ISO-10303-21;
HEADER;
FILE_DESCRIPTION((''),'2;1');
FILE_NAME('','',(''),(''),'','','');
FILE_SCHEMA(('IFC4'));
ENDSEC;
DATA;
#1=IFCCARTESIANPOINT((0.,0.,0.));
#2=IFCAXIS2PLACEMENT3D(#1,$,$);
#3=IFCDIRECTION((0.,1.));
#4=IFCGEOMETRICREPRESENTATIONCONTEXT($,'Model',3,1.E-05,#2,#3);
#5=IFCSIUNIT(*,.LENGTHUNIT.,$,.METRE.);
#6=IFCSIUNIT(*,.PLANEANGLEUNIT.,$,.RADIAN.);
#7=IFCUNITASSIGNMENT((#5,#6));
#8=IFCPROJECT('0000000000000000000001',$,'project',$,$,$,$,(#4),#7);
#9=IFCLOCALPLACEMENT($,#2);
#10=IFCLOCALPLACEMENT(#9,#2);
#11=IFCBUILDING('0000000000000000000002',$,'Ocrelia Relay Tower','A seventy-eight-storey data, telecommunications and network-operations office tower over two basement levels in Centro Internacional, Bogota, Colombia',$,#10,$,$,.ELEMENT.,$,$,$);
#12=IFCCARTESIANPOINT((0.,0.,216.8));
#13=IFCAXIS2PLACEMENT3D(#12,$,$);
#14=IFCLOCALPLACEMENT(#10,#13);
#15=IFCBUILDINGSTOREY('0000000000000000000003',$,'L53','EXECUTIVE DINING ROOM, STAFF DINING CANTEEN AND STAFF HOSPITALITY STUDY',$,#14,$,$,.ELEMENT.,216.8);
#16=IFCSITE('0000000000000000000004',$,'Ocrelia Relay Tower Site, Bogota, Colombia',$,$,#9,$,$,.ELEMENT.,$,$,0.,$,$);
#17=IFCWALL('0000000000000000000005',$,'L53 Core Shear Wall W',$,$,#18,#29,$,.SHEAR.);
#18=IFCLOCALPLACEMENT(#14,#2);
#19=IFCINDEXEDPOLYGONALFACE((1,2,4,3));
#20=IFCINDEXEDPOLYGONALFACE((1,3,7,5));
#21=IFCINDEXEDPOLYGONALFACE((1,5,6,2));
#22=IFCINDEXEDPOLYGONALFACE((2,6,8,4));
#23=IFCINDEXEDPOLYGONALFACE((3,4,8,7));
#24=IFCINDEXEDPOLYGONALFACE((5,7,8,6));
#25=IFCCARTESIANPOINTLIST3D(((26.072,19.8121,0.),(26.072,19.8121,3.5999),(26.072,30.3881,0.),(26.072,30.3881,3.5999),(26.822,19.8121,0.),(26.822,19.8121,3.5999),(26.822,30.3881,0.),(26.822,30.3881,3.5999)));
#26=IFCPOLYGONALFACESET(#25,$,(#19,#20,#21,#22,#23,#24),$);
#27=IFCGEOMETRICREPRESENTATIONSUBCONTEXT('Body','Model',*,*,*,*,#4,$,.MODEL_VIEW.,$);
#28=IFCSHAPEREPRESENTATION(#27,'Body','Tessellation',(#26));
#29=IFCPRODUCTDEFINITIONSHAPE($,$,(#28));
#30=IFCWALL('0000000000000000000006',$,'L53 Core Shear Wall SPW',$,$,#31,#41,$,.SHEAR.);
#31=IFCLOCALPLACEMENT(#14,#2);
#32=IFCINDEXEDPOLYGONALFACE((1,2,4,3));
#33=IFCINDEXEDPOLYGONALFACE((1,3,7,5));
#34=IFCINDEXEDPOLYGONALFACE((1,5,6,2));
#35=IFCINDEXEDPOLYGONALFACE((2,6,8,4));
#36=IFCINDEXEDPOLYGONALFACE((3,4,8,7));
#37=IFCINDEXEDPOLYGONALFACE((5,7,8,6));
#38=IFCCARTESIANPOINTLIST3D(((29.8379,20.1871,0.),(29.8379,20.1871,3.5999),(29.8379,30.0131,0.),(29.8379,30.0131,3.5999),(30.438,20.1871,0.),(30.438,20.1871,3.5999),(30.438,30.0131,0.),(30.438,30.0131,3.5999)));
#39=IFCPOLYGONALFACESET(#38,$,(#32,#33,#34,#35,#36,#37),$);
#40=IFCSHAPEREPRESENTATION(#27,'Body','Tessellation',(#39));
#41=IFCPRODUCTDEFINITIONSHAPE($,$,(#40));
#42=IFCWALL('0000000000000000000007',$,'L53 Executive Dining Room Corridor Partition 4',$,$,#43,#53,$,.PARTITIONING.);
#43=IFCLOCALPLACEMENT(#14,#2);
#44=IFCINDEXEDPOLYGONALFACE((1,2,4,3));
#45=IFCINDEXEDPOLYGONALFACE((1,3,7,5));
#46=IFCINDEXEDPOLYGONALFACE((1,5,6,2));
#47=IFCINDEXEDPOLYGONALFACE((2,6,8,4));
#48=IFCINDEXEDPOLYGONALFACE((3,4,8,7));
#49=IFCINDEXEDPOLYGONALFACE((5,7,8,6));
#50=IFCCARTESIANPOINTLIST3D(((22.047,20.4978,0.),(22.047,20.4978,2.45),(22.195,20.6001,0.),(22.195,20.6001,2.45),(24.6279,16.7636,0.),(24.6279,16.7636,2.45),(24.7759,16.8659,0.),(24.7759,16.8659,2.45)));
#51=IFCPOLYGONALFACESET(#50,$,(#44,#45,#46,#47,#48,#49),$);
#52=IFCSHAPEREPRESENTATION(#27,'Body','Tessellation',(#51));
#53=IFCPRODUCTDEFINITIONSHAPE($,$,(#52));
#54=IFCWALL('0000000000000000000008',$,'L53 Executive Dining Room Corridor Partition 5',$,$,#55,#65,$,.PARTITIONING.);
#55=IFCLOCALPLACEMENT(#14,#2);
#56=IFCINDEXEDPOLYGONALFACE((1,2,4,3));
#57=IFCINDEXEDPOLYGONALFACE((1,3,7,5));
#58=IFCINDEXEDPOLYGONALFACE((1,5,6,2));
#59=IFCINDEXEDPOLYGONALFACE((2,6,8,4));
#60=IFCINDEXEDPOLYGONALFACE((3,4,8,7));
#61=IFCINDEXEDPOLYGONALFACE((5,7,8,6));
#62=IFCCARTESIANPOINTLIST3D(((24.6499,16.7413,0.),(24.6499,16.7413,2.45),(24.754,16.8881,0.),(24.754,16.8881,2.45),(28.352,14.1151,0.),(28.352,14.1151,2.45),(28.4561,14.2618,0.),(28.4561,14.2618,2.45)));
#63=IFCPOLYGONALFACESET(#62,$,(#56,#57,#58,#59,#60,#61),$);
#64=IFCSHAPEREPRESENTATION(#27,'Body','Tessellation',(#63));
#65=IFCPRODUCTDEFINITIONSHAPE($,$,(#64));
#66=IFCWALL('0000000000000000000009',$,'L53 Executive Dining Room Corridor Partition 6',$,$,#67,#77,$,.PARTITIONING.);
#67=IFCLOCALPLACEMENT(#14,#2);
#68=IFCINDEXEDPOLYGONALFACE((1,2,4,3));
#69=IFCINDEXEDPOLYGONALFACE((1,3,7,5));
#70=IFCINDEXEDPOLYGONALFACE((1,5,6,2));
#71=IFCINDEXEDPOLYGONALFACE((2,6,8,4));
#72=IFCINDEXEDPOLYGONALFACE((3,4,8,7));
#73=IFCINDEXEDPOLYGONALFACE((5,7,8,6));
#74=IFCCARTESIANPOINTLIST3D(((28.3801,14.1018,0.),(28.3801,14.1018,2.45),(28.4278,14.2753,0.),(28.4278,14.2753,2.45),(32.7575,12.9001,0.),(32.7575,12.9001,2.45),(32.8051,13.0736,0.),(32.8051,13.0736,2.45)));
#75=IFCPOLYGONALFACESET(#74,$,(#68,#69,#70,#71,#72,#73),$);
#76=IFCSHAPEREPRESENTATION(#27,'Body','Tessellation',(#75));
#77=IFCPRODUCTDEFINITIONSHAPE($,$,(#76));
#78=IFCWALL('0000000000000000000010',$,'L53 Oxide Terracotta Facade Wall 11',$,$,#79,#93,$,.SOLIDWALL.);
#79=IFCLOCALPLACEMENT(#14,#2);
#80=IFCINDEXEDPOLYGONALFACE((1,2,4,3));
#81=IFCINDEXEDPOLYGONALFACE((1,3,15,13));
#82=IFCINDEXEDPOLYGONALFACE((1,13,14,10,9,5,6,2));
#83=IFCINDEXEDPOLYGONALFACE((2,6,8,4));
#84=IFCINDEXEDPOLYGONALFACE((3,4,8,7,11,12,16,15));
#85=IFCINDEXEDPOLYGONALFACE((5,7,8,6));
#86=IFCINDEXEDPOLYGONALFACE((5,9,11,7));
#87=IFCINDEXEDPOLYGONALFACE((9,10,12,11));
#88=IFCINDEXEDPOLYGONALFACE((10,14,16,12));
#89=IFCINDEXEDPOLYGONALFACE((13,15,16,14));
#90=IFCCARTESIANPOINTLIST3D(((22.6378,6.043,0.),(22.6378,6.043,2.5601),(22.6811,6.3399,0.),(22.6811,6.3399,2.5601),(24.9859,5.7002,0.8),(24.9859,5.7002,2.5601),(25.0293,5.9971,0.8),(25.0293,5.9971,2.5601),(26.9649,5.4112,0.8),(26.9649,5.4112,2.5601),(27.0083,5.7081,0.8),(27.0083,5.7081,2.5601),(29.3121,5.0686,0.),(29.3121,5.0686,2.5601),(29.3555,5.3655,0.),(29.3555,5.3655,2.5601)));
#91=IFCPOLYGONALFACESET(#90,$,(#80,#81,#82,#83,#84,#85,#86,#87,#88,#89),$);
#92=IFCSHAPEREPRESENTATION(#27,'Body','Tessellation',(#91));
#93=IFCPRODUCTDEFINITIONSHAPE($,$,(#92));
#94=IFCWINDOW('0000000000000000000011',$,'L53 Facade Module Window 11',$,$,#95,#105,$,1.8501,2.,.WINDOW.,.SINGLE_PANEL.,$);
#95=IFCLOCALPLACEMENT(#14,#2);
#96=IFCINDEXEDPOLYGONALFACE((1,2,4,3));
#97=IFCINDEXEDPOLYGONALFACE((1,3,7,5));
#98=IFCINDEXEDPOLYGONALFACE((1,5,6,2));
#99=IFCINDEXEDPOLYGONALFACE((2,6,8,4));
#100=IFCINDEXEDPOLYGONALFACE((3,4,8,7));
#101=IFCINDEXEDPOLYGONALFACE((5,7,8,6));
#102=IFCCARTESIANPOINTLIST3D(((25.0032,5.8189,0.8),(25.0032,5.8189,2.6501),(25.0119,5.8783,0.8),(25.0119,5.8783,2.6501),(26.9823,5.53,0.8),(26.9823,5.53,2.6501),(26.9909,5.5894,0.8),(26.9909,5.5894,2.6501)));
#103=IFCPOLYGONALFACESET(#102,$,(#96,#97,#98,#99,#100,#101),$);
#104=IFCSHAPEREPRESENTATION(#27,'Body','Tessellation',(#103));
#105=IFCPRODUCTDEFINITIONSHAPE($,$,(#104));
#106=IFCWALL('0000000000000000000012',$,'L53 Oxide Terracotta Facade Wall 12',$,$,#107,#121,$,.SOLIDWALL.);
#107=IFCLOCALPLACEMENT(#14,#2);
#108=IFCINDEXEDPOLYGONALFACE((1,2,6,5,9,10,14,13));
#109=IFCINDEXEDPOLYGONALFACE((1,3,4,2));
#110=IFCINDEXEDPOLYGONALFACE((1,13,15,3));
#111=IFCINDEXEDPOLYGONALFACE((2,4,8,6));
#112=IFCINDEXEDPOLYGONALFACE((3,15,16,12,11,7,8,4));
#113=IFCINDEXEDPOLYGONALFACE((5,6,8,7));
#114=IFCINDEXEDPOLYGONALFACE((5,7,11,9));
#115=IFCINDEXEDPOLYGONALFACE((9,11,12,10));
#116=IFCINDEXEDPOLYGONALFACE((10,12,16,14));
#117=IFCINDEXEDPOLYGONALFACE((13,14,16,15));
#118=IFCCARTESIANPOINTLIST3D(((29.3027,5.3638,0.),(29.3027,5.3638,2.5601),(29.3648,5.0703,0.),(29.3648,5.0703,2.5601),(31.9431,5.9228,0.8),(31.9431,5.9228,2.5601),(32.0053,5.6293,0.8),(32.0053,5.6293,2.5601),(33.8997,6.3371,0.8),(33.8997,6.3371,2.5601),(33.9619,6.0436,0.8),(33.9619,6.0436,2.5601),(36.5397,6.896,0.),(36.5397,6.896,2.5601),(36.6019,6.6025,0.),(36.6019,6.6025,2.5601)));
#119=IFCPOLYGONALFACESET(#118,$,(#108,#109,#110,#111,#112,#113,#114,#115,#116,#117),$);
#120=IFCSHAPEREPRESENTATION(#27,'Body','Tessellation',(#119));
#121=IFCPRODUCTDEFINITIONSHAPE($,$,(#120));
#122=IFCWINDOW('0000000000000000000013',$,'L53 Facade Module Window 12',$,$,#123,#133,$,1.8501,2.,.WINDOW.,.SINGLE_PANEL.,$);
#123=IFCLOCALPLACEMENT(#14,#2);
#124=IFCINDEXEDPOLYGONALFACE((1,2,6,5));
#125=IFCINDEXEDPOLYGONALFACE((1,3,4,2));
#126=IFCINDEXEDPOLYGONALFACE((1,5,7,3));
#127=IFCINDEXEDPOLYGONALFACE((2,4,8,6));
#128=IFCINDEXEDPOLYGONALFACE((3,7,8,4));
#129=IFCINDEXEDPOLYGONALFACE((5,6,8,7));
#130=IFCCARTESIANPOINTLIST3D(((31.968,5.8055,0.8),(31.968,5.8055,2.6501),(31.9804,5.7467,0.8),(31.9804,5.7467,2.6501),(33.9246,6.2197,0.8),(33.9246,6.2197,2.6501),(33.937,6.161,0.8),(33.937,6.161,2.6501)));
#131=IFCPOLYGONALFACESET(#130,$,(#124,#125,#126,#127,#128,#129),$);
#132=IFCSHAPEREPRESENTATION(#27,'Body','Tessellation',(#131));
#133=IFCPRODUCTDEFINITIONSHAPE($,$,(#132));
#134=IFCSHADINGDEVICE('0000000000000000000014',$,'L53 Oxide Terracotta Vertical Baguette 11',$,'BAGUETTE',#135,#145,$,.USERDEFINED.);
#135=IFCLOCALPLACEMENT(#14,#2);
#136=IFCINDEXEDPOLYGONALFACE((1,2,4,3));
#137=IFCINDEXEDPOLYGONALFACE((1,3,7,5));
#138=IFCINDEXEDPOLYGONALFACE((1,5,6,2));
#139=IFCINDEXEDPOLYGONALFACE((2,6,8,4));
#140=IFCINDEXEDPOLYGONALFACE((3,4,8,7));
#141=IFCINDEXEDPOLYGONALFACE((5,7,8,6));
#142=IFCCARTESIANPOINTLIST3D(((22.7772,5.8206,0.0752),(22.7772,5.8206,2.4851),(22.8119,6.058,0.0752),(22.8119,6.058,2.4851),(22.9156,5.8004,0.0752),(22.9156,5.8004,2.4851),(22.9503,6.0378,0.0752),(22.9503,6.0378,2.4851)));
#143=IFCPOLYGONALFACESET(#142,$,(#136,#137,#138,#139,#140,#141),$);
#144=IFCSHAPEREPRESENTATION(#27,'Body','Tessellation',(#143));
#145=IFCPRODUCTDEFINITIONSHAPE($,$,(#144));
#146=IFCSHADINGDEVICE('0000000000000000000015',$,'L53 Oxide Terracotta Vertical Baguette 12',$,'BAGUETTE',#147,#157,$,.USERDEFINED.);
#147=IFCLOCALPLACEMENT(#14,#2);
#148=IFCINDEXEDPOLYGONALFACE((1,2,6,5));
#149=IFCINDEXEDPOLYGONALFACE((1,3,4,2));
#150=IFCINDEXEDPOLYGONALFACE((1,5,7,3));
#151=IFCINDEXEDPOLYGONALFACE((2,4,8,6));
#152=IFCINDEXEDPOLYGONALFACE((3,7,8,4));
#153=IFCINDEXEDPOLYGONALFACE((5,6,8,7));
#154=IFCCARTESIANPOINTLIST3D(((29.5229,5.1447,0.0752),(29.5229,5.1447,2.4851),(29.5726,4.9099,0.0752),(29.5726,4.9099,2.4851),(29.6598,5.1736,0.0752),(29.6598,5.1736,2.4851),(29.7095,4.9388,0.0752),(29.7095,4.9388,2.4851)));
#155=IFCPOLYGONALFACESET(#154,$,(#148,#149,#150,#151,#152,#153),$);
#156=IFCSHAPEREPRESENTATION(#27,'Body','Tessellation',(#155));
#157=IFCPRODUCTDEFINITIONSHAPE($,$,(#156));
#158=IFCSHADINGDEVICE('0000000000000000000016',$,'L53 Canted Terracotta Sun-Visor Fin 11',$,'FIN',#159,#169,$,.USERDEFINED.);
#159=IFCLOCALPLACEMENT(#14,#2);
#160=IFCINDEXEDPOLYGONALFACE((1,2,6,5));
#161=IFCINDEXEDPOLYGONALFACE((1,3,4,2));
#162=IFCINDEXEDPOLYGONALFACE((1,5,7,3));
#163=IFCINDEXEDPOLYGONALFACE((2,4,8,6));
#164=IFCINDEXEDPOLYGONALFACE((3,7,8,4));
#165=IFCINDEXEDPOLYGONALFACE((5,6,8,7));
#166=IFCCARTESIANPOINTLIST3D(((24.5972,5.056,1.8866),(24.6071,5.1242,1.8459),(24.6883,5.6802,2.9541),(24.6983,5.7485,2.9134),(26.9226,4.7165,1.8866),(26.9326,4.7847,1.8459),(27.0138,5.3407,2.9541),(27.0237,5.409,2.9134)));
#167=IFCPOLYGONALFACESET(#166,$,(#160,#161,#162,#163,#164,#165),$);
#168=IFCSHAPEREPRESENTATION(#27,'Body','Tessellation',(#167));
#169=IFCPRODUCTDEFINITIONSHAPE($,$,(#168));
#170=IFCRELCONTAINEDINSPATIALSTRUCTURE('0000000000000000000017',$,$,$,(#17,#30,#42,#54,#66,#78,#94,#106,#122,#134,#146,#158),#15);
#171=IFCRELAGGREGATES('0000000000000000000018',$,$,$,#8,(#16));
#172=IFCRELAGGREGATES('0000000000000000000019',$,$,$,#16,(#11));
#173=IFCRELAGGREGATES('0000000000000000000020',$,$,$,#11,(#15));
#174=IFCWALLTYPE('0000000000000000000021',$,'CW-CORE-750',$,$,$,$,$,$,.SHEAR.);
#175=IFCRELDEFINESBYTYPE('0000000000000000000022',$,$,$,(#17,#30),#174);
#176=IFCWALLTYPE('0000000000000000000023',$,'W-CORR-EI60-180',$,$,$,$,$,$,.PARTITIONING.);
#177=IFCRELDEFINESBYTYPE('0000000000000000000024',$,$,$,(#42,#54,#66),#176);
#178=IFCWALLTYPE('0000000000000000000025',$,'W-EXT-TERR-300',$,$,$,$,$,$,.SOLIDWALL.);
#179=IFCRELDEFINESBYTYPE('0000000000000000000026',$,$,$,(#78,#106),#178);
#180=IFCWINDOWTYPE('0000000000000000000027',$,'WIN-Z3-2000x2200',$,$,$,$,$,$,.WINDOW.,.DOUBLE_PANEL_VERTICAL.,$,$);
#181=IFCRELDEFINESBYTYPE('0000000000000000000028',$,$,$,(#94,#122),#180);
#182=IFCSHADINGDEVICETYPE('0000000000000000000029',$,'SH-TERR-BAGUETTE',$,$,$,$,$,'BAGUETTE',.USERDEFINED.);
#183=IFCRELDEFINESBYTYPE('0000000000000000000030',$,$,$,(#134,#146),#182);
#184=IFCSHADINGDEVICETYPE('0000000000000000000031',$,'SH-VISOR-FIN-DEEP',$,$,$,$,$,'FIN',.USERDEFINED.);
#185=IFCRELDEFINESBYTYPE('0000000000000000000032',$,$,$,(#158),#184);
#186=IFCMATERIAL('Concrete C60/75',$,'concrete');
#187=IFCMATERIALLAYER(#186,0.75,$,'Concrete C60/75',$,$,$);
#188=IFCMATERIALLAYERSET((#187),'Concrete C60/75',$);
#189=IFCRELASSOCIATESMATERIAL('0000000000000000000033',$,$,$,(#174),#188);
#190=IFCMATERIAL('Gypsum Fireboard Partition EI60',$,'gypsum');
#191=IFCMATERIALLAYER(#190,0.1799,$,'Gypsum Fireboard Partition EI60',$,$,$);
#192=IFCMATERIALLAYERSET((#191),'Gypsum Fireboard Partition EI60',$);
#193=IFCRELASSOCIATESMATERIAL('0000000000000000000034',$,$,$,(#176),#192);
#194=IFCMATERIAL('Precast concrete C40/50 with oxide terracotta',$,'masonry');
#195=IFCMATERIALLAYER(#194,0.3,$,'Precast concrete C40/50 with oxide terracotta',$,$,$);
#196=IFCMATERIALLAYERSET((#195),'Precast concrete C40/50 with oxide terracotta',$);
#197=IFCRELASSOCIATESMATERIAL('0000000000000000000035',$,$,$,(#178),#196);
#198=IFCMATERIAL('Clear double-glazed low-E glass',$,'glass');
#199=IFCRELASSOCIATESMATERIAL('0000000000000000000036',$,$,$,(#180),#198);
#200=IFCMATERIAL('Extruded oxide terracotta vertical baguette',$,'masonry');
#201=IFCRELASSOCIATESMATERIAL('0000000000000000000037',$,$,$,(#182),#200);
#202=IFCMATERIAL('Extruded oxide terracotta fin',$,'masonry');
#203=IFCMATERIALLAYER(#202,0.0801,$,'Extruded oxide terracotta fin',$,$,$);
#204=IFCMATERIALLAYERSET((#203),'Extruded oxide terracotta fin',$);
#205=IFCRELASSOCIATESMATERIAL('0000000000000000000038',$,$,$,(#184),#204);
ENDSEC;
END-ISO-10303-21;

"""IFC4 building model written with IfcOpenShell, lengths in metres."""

from ifc_helpers import new_model, si_unit, direction, frame, frame_2d, origin, origin_2d, place, context, subcontext, project, spatial, rectangle, extrude, material, layer, layer_set, type_object, element, fill, save


model = new_model("IFC4")

# Units and contexts
model_context = context("Model", 3, precision=1e-05, world=origin(), true_north=direction((0.0, 1.0)))
body_context = subcontext(model_context, "Body", "Model", "MODEL_VIEW")
ifc_project = project(units=[si_unit("LENGTHUNIT", "METRE"), si_unit("PLANEANGLEUNIT", "RADIAN")], contexts=[model_context])

# Site, building, storey
site_placement = place(None, origin())
site = spatial("IfcSite", under=ifc_project, at=site_placement, Name="Ocrelia Relay Tower Site, Bogota, Colombia", CompositionType="ELEMENT", RefElevation=0.0)
building_placement = place(site_placement, origin())
building = spatial("IfcBuilding", under=site, at=building_placement, Name="Ocrelia Relay Tower", Description="A seventy-eight-storey data, telecommunications and network-operations office tower over two basement levels in Centro Internacional, Bogota, Colombia", CompositionType="ELEMENT")
storey_placement = place(building_placement, frame((0.0, 0.0, 216.8)))
storey = spatial("IfcBuildingStorey", under=building, at=storey_placement, Name="L53", Description="EXECUTIVE DINING ROOM, STAFF DINING CANTEEN AND STAFF HOSPITALITY STUDY", CompositionType="ELEMENT", Elevation=216.8)

# Shared definitions
ifc_material_1 = material(Name="Concrete C60/75", Category="concrete")

# Shared definitions
ifc_material_2 = material(Name="Clear double-glazed low-E glass", Category="glass")

# Walls
ifc_layer_1 = layer(ifc_material_1, 0.75, Name="Concrete C60/75")
ifc_layer_set_1 = layer_set([ifc_layer_1], Name="Concrete C60/75")
wall_type_1 = type_object("IfcWallType", Name="CW-CORE-750", PredefinedType="SHEAR", material=ifc_layer_set_1)
wall_1_placement = place(storey_placement, frame((26.447, 19.812, 0.0), z_axis=(0.0, 0.0, 1.0), x_axis=(0.0, 1.0, 0.0)))
element("IfcWall", 1, at=wall_1_placement, inside=storey, type_object=wall_type_1, Name="L53 Core Shear Wall W", PredefinedType="SHEAR", context=body_context, shape_type="SweptSolid", body=[
    extrude(rectangle(XDim=10.5759, YDim=0.75, at=frame_2d((5.2881, 0.0))), origin(), (0.0, 0.0, 1.0), 3.5999),
])
wall_2_placement = place(storey_placement, frame((30.1379, 20.187, 0.0), z_axis=(0.0, 0.0, 1.0), x_axis=(0.0, 1.0, 0.0)))
element("IfcWall", 2, at=wall_2_placement, inside=storey, type_object=wall_type_1, Name="L53 Core Shear Wall SPW", PredefinedType="SHEAR", context=body_context, shape_type="SweptSolid", body=[
    extrude(rectangle(XDim=9.8259, YDim=0.6001, at=frame_2d((4.9131, 0.0))), origin(), (0.0, 0.0, 1.0), 3.5999),
])
ifc_material_3 = material(Name="Gypsum Fireboard Partition EI60", Category="gypsum")
ifc_layer_2 = layer(ifc_material_3, 0.1799, Name="Gypsum Fireboard Partition EI60")
ifc_layer_set_2 = layer_set([ifc_layer_2], Name="Gypsum Fireboard Partition EI60")
wall_type_2 = type_object("IfcWallType", Name="W-CORR-EI60-180", PredefinedType="PARTITIONING", material=ifc_layer_set_2)
wall_3_placement = place(storey_placement, frame((22.1211, 20.5488, 0.0), z_axis=(0.0, 0.0, 1.0), x_axis=(0.568561, -0.822641, 0.0)))
element("IfcWall", 3, at=wall_3_placement, inside=storey, type_object=wall_type_2, Name="L53 Executive Dining Room Corridor Partition 4", PredefinedType="PARTITIONING", context=body_context, shape_type="SweptSolid", body=[
    extrude(rectangle(XDim=4.5393, YDim=0.1799, at=frame_2d((2.2695, 0.0))), origin(), (0.0, 0.0, 1.0), 2.45),
])
wall_4_placement = place(storey_placement, frame((24.7019, 16.8147, 0.0), z_axis=(0.0, 0.0, 1.0), x_axis=(0.815623, -0.578584, 0.0)))
element("IfcWall", 4, at=wall_4_placement, inside=storey, type_object=wall_type_2, Name="L53 Executive Dining Room Corridor Partition 5", PredefinedType="PARTITIONING", context=body_context, shape_type="SweptSolid", body=[
    extrude(rectangle(XDim=4.5391, YDim=0.1799, at=frame_2d((2.2695, 0.0))), origin(), (0.0, 0.0, 1.0), 2.45),
])
wall_5_placement = place(storey_placement, frame((28.4041, 14.1885, 0.0), z_axis=(0.0, 0.0, 1.0), x_axis=(0.964326, -0.264719, 0.0)))
element("IfcWall", 5, at=wall_5_placement, inside=storey, type_object=wall_type_2, Name="L53 Executive Dining Room Corridor Partition 6", PredefinedType="PARTITIONING", context=body_context, shape_type="SweptSolid", body=[
    extrude(rectangle(XDim=4.5393, YDim=0.1799, at=frame_2d((2.2695, 0.0))), origin(), (0.0, 0.0, 1.0), 2.45),
])

# Walls, openings, windows
ifc_material_4 = material(Name="Precast concrete C40/50 with oxide terracotta", Category="masonry")
ifc_layer_3 = layer(ifc_material_4, 0.3, Name="Precast concrete C40/50 with oxide terracotta")
ifc_layer_set_3 = layer_set([ifc_layer_3], Name="Precast concrete C40/50 with oxide terracotta")
wall_type_3 = type_object("IfcWallType", Name="W-EXT-TERR-300", PredefinedType="SOLIDWALL", material=ifc_layer_set_3)
wall_6_placement = place(storey_placement, frame((22.6594, 6.1914, 0.0), z_axis=(0.0, 0.0, 1.0), x_axis=(0.989511, -0.144456, 0.0)))
wall_6 = element("IfcWall", 6, at=wall_6_placement, inside=storey, type_object=wall_type_3, Name="L53 Oxide Terracotta Facade Wall 11", PredefinedType="SOLIDWALL", context=body_context, shape_type="SweptSolid", body=[
    extrude(rectangle(XDim=6.7451, YDim=0.3, at=frame_2d((3.3726, 0.0))), origin(), (0.0, 0.0, 1.0), 2.5601),
])
opening_1_placement = place(wall_6_placement, frame((2.373, 0.0, 0.8)))
opening_1 = element("IfcOpeningElement", 7, at=opening_1_placement, cuts=wall_6, PredefinedType="OPENING", context=body_context, shape_type="SweptSolid", body=[
    extrude(rectangle(XDim=2.0, YDim=1.8501, at=frame_2d((1.0, 0.925))), frame((0.0, 0.1602, 0.0), z_axis=(0.0, -1.0, 0.0), x_axis=(1.0, 0.0, 0.0)), (0.0, 0.0, 1.0), 0.3201),
])
window_type = type_object("IfcWindowType", Name="WIN-Z3-2000x2200", PartitioningType="DOUBLE_PANEL_VERTICAL", PredefinedType="WINDOW", material=ifc_material_2)
window_1_placement = place(opening_1_placement, origin())
window_1 = element("IfcWindow", 8, at=window_1_placement, inside=storey, type_object=window_type, Name="L53 Facade Module Window 11", OverallHeight=1.8501, OverallWidth=2.0, PartitioningType="SINGLE_PANEL", PredefinedType="WINDOW", context=body_context, shape_type="SweptSolid", body=[
    extrude(rectangle(XDim=2.0, YDim=1.8501, at=frame_2d((1.0, 0.925))), frame((0.0, 0.03, 0.0), z_axis=(0.0, -1.0, 0.0), x_axis=(1.0, 0.0, 0.0)), (0.0, 0.0, 1.0), 0.0601),
])
fill(opening_1, window_1)
wall_7_placement = place(storey_placement, frame((29.3337, 5.217, 0.0), z_axis=(0.0, 0.0, 1.0), x_axis=(0.978314, 0.207128, 0.0)))
wall_7 = element("IfcWall", 9, at=wall_7_placement, inside=storey, type_object=wall_type_3, Name="L53 Oxide Terracotta Facade Wall 12", PredefinedType="SOLIDWALL", context=body_context, shape_type="SweptSolid", body=[
    extrude(rectangle(XDim=7.3975, YDim=0.3, at=frame_2d((3.6987, 0.0))), origin(), (0.0, 0.0, 1.0), 2.5601),
])
opening_2_placement = place(wall_7_placement, frame((2.699, 0.0, 0.8)))
opening_2 = element("IfcOpeningElement", 10, at=opening_2_placement, cuts=wall_7, PredefinedType="OPENING", context=body_context, shape_type="SweptSolid", body=[
    extrude(rectangle(XDim=2.0, YDim=1.8501, at=frame_2d((1.0, 0.925))), frame((0.0, 0.1602, 0.0), z_axis=(0.0, -1.0, 0.0), x_axis=(1.0, 0.0, 0.0)), (0.0, 0.0, 1.0), 0.3201),
])
window_2_placement = place(opening_2_placement, origin())
window_2 = element("IfcWindow", 11, at=window_2_placement, inside=storey, type_object=window_type, Name="L53 Facade Module Window 12", OverallHeight=1.8501, OverallWidth=2.0, PartitioningType="SINGLE_PANEL", PredefinedType="WINDOW", context=body_context, shape_type="SweptSolid", body=[
    extrude(rectangle(XDim=2.0, YDim=1.8501, at=frame_2d((1.0, 0.925))), frame((0.0, 0.03, 0.0), z_axis=(0.0, -1.0, 0.0), x_axis=(1.0, 0.0, 0.0)), (0.0, 0.0, 1.0), 0.0601),
])
fill(opening_2, window_2)

# Shading devices
ifc_material_5 = material(Name="Extruded oxide terracotta vertical baguette", Category="masonry")
shading_device_type_1 = type_object("IfcShadingDeviceType", Name="SH-TERR-BAGUETTE", ElementType="BAGUETTE", PredefinedType="USERDEFINED", material=ifc_material_5)
for number, where, z_axis, x_axis, name in (
    (12, (22.8638, 5.9292, 0.0752), (0.0, 0.0, 1.0), (0.98951, -0.144461, 0.0), "L53 Oxide Terracotta Vertical Baguette 11"),
    (13, (29.6162, 5.0417, 0.0752), (0.0, 0.0, 1.0), (0.978312, 0.207136, 0.0), "L53 Oxide Terracotta Vertical Baguette 12"),
):
    element("IfcShadingDevice", number, at=place(storey_placement, frame(where, z_axis=z_axis, x_axis=x_axis)), inside=storey, type_object=shading_device_type_1, Name=name, ObjectType="BAGUETTE", PredefinedType="USERDEFINED", context=body_context, shape_type="SweptSolid", body=[
        extrude(rectangle(XDim=0.1399, YDim=0.24, at=origin_2d()), origin(), (0.0, 0.0, 1.0), 2.4099),
    ])
ifc_material_6 = material(Name="Extruded oxide terracotta fin", Category="masonry")
ifc_layer_4 = layer(ifc_material_6, 0.0801, Name="Extruded oxide terracotta fin")
ifc_layer_set_4 = layer_set([ifc_layer_4], Name="Extruded oxide terracotta fin")
shading_device_type_2 = type_object("IfcShadingDeviceType", Name="SH-VISOR-FIN-DEEP", ElementType="FIN", PredefinedType="USERDEFINED", material=ifc_layer_set_4)
shading_device_placement = place(storey_placement, frame((25.8154, 5.2666, 2.3796), z_axis=(-0.12437, -0.851889, 0.508741), x_axis=(0.98951, -0.144461, 0.0)))
element("IfcShadingDevice", 14, at=shading_device_placement, inside=storey, type_object=shading_device_type_2, Name="L53 Canted Terracotta Sun-Visor Fin 11", ObjectType="FIN", PredefinedType="USERDEFINED", context=body_context, shape_type="SweptSolid", body=[
    extrude(rectangle(XDim=2.3501, YDim=1.24, at=origin_2d()), origin(), (0.0, 0.0, 1.0), 0.0801),
])

save(model, "model.ifc")
